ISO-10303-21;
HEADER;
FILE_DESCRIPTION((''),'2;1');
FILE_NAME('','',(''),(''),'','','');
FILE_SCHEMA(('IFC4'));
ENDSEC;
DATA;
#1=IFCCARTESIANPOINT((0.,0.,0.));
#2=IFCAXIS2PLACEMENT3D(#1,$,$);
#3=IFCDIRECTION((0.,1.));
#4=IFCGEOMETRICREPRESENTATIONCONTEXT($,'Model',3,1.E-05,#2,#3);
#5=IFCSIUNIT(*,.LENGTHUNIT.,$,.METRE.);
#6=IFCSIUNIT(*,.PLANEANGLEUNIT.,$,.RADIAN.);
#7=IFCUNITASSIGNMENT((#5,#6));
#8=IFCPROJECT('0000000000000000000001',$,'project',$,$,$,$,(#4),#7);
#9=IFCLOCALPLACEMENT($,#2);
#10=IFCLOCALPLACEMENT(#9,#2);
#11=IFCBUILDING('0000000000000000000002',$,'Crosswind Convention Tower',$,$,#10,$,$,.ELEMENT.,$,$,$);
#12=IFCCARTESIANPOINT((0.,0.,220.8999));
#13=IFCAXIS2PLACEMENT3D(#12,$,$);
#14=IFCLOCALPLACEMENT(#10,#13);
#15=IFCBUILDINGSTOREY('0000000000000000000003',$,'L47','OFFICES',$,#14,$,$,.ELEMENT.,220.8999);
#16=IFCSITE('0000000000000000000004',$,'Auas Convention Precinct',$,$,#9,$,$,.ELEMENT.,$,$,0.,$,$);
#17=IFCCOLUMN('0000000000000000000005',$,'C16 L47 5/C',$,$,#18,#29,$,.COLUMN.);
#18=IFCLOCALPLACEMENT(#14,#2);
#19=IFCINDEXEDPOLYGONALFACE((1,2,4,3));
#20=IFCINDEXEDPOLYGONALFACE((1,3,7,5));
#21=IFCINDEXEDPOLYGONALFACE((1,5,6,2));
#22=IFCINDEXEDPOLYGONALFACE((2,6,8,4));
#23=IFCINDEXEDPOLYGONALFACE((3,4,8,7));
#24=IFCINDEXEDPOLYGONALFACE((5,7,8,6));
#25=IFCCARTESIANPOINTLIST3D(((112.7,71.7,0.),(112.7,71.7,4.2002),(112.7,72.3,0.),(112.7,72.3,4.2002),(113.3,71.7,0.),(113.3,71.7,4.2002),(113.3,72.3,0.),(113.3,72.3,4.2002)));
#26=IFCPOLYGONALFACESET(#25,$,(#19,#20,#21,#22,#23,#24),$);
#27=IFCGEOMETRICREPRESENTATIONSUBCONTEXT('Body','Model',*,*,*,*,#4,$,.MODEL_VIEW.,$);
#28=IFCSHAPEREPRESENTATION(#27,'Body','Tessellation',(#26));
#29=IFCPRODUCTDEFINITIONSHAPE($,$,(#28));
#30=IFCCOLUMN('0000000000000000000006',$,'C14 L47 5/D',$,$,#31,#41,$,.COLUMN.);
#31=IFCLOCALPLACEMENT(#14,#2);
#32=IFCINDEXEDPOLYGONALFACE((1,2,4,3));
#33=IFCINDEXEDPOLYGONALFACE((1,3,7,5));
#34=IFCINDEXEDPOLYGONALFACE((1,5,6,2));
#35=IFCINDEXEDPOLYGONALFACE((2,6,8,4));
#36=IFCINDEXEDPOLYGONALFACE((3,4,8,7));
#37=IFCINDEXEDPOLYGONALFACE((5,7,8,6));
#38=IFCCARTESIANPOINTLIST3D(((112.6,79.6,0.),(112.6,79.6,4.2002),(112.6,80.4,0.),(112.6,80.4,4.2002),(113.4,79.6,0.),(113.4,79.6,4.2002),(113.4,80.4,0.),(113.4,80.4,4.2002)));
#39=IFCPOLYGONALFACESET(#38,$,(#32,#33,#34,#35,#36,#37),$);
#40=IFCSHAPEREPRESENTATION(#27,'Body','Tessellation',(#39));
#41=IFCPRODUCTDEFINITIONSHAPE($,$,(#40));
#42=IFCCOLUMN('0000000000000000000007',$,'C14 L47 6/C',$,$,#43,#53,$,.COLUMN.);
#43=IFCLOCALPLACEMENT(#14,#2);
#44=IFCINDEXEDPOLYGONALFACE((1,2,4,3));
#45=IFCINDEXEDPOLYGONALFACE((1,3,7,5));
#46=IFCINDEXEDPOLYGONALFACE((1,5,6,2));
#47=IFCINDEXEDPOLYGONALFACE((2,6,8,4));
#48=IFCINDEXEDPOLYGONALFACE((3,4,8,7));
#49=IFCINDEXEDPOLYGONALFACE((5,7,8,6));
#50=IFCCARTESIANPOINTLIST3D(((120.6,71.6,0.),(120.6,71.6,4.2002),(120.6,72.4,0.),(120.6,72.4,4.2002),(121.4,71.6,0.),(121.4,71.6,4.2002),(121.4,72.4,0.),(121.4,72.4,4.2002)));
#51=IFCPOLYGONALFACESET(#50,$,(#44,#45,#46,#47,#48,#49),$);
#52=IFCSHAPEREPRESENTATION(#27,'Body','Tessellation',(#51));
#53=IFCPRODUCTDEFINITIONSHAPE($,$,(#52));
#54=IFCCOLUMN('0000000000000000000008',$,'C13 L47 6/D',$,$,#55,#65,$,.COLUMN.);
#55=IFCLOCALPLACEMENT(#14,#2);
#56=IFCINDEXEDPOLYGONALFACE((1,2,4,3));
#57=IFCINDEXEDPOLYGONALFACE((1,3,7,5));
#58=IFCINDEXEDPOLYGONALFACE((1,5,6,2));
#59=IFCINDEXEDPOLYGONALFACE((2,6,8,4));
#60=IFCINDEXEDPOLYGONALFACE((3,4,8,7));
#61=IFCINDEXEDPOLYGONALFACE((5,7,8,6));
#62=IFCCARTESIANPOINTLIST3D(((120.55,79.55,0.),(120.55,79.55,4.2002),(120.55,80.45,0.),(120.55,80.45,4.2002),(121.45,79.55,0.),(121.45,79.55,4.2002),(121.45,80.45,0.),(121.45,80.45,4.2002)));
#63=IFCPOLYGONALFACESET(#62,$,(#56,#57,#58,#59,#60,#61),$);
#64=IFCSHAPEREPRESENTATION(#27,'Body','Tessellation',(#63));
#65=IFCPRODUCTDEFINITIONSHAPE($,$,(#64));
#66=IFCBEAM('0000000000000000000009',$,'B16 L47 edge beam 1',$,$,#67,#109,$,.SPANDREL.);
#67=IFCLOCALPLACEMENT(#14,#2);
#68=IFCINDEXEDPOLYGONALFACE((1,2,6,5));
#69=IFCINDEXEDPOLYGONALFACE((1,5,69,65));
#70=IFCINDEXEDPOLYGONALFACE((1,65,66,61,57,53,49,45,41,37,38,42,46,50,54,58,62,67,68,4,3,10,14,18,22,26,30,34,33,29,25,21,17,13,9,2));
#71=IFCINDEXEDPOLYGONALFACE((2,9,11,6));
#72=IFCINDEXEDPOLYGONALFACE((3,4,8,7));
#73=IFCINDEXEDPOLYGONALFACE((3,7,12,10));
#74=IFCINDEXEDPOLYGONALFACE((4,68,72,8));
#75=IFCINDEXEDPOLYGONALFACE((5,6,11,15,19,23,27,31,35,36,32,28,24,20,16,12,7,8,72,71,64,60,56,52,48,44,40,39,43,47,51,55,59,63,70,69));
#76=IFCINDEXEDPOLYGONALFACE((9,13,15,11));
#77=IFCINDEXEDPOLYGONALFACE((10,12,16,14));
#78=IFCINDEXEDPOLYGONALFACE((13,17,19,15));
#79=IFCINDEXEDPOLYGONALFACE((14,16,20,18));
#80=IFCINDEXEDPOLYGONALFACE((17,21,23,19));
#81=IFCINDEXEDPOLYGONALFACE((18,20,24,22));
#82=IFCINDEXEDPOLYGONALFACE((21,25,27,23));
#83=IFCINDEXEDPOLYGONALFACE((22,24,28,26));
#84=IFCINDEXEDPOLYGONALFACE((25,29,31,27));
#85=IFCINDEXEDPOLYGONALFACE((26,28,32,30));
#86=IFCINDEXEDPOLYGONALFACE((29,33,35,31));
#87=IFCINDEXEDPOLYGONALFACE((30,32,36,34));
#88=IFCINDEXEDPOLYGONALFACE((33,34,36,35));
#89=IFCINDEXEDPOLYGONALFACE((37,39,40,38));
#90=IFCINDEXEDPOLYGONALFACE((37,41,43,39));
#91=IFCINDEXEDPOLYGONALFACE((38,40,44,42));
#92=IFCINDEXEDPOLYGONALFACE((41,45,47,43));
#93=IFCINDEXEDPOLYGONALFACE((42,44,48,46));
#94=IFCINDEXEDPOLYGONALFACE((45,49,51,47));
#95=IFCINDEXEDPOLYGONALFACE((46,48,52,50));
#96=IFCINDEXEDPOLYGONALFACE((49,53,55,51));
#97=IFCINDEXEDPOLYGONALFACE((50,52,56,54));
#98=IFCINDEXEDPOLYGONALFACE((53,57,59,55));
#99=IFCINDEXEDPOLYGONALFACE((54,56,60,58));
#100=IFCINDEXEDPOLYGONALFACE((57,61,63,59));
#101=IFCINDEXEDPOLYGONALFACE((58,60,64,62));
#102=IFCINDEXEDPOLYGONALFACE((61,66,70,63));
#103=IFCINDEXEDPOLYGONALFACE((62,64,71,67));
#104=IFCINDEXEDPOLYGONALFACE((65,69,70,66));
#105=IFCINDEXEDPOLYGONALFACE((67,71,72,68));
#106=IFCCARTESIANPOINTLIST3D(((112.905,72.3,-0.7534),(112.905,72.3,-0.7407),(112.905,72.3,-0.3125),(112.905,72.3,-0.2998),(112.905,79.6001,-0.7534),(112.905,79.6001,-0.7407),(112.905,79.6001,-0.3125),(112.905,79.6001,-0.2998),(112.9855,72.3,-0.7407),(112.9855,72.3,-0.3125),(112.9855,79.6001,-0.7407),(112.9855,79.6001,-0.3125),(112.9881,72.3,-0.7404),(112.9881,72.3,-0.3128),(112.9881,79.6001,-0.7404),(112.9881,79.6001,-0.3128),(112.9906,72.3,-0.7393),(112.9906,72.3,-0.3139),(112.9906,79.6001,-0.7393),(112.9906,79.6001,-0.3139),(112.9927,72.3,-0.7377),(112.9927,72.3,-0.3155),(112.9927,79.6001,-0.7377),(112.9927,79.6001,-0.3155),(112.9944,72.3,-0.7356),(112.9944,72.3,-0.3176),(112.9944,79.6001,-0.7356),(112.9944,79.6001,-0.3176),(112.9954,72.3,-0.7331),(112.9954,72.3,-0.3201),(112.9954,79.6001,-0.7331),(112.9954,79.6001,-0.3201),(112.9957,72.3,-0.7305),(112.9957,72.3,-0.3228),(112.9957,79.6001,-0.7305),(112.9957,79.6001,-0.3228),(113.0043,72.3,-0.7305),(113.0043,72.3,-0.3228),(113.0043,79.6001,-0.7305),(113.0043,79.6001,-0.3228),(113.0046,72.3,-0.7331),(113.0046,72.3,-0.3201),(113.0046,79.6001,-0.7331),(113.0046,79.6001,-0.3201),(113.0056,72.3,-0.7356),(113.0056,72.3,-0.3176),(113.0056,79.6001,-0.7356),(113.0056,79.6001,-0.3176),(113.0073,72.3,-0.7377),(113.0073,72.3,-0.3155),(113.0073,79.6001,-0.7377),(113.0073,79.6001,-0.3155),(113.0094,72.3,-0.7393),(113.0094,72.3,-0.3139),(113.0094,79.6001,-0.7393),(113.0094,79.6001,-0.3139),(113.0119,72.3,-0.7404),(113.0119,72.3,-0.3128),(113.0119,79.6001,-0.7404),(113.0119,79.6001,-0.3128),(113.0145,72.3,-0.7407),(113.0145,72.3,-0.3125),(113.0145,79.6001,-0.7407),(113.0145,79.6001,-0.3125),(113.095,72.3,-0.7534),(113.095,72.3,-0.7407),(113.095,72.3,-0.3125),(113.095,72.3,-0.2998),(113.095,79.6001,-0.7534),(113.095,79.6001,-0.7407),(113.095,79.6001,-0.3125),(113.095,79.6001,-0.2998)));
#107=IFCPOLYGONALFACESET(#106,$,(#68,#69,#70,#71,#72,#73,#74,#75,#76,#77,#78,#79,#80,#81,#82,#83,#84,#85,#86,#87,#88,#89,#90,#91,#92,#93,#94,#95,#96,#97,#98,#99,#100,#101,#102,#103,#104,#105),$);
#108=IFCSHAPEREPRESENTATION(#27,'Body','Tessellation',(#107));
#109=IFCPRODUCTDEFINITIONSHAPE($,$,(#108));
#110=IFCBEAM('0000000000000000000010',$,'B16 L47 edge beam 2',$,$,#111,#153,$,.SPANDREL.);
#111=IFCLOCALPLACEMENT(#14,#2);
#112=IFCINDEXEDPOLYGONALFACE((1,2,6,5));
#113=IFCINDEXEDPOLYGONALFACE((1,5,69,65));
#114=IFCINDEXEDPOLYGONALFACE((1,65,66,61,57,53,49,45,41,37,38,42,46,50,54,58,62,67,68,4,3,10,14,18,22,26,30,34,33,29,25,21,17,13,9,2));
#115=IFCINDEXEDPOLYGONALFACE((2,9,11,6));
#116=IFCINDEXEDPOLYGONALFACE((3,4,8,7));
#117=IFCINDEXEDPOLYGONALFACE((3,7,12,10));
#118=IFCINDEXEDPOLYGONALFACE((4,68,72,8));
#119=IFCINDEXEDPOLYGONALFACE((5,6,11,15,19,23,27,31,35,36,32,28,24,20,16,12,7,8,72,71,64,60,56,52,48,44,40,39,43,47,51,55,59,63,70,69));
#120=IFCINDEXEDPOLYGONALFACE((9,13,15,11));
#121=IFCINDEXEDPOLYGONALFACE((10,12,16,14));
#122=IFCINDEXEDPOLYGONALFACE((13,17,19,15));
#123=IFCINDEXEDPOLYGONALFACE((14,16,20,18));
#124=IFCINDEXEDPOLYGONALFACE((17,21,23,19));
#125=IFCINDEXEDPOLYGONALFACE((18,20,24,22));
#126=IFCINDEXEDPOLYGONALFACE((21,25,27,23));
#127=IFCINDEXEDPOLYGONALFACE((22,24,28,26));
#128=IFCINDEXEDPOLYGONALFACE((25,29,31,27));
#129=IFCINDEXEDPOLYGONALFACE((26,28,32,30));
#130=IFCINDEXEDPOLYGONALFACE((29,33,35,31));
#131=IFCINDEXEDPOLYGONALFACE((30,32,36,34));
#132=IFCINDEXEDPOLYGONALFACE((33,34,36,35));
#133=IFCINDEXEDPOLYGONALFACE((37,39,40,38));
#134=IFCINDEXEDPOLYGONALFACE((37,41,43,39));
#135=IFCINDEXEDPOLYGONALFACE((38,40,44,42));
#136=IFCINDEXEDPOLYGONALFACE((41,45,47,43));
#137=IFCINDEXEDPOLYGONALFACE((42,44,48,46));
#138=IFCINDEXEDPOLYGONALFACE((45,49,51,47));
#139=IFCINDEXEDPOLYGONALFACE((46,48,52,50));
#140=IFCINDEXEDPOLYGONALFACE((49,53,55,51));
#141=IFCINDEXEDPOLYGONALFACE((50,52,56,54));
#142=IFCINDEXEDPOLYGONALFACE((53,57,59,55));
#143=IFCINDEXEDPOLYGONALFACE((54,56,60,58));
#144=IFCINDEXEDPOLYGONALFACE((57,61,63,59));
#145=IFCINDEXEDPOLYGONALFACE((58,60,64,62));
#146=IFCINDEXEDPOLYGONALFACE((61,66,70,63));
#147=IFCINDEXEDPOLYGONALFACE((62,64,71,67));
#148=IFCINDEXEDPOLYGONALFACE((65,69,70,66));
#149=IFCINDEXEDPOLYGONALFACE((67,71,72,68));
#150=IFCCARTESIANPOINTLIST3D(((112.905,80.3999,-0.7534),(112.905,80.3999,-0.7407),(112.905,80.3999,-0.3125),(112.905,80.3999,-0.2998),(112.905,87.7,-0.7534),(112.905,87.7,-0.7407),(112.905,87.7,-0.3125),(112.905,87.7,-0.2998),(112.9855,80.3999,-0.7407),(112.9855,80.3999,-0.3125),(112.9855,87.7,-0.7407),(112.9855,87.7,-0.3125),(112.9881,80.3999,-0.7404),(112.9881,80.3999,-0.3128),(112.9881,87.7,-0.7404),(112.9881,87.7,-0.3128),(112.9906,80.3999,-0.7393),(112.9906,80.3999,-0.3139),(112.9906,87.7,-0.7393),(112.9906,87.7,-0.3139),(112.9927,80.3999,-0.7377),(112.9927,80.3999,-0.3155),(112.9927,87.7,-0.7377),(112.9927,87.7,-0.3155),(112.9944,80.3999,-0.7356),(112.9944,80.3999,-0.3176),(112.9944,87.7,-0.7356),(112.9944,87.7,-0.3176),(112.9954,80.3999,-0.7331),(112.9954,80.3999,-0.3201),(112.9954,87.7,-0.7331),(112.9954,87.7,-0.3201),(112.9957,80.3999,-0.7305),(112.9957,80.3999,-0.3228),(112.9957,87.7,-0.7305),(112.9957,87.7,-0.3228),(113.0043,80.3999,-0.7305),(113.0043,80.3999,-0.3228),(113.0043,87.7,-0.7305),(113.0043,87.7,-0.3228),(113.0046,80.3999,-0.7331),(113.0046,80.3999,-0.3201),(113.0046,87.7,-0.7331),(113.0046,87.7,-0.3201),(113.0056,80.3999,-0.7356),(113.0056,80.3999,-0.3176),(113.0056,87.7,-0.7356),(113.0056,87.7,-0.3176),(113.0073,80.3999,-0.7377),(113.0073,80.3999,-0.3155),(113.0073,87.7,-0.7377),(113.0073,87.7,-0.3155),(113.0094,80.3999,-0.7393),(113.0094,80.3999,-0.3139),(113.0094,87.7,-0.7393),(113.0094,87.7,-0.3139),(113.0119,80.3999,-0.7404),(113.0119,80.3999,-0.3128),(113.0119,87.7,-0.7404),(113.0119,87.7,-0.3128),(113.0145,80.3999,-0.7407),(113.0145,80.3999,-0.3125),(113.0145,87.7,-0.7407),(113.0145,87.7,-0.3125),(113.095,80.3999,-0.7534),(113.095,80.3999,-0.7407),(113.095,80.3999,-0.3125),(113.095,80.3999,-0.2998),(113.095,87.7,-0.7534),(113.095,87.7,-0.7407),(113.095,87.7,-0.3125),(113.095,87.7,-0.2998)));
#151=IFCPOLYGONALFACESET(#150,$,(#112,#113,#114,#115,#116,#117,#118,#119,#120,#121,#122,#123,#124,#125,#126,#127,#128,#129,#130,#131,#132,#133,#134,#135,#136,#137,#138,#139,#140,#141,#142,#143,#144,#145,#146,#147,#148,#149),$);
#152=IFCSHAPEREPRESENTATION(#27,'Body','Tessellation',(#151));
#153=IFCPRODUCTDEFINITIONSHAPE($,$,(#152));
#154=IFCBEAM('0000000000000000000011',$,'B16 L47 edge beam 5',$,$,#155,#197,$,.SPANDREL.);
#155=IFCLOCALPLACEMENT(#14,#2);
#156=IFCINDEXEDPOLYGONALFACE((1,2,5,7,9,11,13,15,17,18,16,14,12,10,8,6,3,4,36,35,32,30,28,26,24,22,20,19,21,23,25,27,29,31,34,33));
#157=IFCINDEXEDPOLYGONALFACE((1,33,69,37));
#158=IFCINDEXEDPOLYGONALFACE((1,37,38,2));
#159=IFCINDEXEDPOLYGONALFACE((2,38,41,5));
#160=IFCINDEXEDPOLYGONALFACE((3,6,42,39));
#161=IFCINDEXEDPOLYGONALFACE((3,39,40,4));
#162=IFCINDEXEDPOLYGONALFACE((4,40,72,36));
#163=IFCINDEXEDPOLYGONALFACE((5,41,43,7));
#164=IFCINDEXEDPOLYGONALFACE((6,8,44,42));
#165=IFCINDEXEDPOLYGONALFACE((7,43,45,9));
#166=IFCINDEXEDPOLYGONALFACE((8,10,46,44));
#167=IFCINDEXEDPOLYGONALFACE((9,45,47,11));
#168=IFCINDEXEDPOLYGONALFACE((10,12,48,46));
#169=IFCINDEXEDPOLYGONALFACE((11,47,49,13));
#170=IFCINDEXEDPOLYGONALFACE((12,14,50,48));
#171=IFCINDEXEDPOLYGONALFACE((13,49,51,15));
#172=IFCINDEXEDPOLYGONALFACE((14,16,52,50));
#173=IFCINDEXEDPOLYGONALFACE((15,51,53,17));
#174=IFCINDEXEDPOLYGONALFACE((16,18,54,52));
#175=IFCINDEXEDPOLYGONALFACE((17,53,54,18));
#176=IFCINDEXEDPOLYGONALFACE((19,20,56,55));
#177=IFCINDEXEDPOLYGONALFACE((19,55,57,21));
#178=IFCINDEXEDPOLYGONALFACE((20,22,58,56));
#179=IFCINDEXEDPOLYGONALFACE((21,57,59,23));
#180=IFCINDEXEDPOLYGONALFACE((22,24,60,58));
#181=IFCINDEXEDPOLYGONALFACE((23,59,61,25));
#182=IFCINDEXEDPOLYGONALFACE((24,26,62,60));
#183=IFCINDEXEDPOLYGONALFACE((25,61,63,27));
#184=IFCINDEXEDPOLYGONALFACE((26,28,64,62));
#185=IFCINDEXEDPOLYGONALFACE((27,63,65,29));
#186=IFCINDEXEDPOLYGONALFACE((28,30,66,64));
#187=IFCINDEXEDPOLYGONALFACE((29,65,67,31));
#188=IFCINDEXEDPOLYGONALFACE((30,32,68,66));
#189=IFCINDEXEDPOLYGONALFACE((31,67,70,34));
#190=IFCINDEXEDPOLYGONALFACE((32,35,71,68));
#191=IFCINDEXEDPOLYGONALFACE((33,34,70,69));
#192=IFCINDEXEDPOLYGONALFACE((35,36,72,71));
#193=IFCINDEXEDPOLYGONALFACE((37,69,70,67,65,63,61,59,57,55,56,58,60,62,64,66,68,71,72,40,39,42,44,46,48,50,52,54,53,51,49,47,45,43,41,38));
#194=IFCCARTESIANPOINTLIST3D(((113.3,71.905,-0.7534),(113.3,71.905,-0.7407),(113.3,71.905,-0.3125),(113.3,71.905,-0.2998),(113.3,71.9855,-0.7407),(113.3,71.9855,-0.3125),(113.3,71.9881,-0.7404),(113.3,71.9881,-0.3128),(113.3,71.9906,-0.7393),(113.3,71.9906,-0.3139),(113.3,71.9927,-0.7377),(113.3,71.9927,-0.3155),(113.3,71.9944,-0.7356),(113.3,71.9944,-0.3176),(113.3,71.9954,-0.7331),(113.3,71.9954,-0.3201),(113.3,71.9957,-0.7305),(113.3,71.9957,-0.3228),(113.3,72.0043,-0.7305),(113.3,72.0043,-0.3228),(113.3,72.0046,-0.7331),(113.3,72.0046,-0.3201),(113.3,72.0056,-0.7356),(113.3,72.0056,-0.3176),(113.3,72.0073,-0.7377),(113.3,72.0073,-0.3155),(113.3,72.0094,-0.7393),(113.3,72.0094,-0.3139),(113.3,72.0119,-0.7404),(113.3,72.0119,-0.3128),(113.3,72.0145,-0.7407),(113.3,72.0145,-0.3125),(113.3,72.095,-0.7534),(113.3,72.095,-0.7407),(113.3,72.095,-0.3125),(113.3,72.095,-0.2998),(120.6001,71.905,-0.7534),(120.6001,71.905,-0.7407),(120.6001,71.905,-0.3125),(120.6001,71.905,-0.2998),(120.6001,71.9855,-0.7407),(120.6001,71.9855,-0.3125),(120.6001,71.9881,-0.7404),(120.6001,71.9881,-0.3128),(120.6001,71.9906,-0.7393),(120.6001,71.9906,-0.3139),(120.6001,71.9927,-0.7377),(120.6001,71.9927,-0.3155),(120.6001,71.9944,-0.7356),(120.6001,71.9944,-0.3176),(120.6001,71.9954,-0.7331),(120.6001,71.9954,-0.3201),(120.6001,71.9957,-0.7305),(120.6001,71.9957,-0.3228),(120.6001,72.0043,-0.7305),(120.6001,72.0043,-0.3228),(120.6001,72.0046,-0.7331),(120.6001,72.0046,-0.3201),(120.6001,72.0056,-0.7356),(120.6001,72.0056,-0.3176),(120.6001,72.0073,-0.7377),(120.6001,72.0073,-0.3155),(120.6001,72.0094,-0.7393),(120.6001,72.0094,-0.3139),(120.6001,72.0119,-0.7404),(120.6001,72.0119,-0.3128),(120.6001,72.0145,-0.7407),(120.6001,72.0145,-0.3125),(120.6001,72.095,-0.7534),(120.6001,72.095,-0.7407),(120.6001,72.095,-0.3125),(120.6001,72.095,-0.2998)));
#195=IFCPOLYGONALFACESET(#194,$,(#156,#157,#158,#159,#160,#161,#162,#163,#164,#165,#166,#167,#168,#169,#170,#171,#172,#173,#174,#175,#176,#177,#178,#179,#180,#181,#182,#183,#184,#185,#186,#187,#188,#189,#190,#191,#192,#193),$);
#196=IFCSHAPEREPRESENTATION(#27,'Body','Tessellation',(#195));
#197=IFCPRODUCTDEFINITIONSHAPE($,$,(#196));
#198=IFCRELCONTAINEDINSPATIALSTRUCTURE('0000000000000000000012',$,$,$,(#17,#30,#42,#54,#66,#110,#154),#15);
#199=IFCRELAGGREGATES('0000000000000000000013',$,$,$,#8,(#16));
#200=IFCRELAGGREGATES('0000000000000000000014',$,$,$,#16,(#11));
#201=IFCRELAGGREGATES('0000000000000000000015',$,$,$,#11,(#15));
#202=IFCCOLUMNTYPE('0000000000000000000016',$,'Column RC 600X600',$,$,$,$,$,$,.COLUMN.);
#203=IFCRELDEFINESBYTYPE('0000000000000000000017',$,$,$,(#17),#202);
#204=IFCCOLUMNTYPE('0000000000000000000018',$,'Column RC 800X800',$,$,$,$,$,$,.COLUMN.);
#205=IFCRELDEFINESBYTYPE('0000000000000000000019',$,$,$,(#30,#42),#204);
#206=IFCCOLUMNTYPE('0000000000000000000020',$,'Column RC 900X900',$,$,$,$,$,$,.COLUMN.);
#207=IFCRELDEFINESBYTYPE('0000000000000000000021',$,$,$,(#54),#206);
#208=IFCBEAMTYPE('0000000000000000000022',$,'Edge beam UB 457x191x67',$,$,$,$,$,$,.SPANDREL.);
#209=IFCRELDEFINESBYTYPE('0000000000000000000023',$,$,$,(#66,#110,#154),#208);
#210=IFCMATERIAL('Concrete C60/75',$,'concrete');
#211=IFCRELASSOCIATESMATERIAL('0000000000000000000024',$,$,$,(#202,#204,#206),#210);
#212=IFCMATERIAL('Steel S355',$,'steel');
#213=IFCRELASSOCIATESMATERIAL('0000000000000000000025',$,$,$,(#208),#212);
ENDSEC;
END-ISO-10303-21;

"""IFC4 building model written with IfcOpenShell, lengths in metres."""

from ifc_helpers import new_model, si_unit, direction, frame, origin, origin_2d, place, context, subcontext, project, spatial, rectangle, i_section, extrude, material, material_profile, profile_set, type_object, element, save


model = new_model("IFC4")

# Units and contexts
model_context = context("Model", 3, precision=1e-05, world=origin(), true_north=direction((0.0, 1.0)))
body_context = subcontext(model_context, "Body", "Model", "MODEL_VIEW")
ifc_project = project(units=[si_unit("LENGTHUNIT", "METRE"), si_unit("PLANEANGLEUNIT", "RADIAN")], contexts=[model_context])

# Site, building, storey
site_placement = place(None, origin())
site = spatial("IfcSite", under=ifc_project, at=site_placement, Name="Auas Convention Precinct", CompositionType="ELEMENT", RefElevation=0.0)
building_placement = place(site_placement, origin())
building = spatial("IfcBuilding", under=site, at=building_placement, Name="Crosswind Convention Tower", CompositionType="ELEMENT")
storey_placement = place(building_placement, frame((0.0, 0.0, 220.8999)))
storey = spatial("IfcBuildingStorey", under=building, at=storey_placement, Name="L47", Description="OFFICES", CompositionType="ELEMENT", Elevation=220.8999)

# Columns
ifc_material_1 = material(Name="Concrete C60/75", Category="concrete")
ifc_material_profile_1 = material_profile(ifc_material_1, rectangle(XDim=0.6001, YDim=0.6001, at=origin_2d()), Name="RC 600X600")
ifc_profile_set_1 = profile_set([ifc_material_profile_1], Name="Concrete C60/75")
column_type_1 = type_object("IfcColumnType", Name="Column RC 600X600", PredefinedType="COLUMN", material=ifc_profile_set_1)
column_1_placement = place(storey_placement, frame((113.0, 72.0, 0.0), z_axis=(0.0, 0.0, 1.0), x_axis=(1.0, 0.0, 0.0)))
element("IfcColumn", 1, at=column_1_placement, inside=storey, type_object=column_type_1, Name="C16 L47 5/C", PredefinedType="COLUMN", context=body_context, shape_type="SweptSolid", body=[
    extrude(rectangle(XDim=0.6001, YDim=0.6001, at=origin_2d()), origin(), (0.0, 0.0, 1.0), 4.2002),
])
ifc_material_profile_2 = material_profile(ifc_material_1, rectangle(XDim=0.8, YDim=0.8, at=origin_2d()), Name="RC 800X800")
ifc_profile_set_2 = profile_set([ifc_material_profile_2], Name="Concrete C60/75")
column_type_2 = type_object("IfcColumnType", Name="Column RC 800X800", PredefinedType="COLUMN", material=ifc_profile_set_2)
for number, where, z_axis, x_axis, name in (
    (2, (113.0, 80.0, 0.0), (0.0, 0.0, 1.0), (1.0, 0.0, 0.0), "C14 L47 5/D"),
    (3, (121.0, 72.0, 0.0), (0.0, 0.0, 1.0), (1.0, 0.0, 0.0), "C14 L47 6/C"),
):
    element("IfcColumn", number, at=place(storey_placement, frame(where, z_axis=z_axis, x_axis=x_axis)), inside=storey, type_object=column_type_2, Name=name, PredefinedType="COLUMN", context=body_context, shape_type="SweptSolid", body=[
        extrude(rectangle(XDim=0.8, YDim=0.8, at=origin_2d()), origin(), (0.0, 0.0, 1.0), 4.2002),
    ])
ifc_material_profile_3 = material_profile(ifc_material_1, rectangle(XDim=0.8999, YDim=0.8999, at=origin_2d()), Name="RC 900X900")
ifc_profile_set_3 = profile_set([ifc_material_profile_3], Name="Concrete C60/75")
column_type_3 = type_object("IfcColumnType", Name="Column RC 900X900", PredefinedType="COLUMN", material=ifc_profile_set_3)
column_2_placement = place(storey_placement, frame((121.0, 80.0, 0.0), z_axis=(0.0, 0.0, 1.0), x_axis=(1.0, 0.0, 0.0)))
element("IfcColumn", 4, at=column_2_placement, inside=storey, type_object=column_type_3, Name="C13 L47 6/D", PredefinedType="COLUMN", context=body_context, shape_type="SweptSolid", body=[
    extrude(rectangle(XDim=0.8999, YDim=0.8999, at=origin_2d()), origin(), (0.0, 0.0, 1.0), 4.2002),
])

# Beams
ifc_material_2 = material(Name="Steel S355", Category="steel")
ifc_material_profile_4 = material_profile(ifc_material_2, i_section(OverallWidth=0.1899, OverallDepth=0.4536, WebThickness=0.0085, FlangeThickness=0.0127, FilletRadius=0.0103, at=origin_2d()), Name="UB 457x191x67")
ifc_profile_set_4 = profile_set([ifc_material_profile_4], Name="Steel S355")
beam_type_1 = type_object("IfcBeamType", Name="Edge beam UB 457x191x67", PredefinedType="SPANDREL", material=ifc_profile_set_4)
for number, where, z_axis, x_axis, name in (
    (5, (113.0, 72.3, -0.5266), (0.0, 1.0, 0.0), (-1.0, 0.0, 0.0), "B16 L47 edge beam 1"),
    (6, (113.0, 80.3999, -0.5266), (0.0, 1.0, 0.0), (-1.0, 0.0, 0.0), "B16 L47 edge beam 2"),
    (7, (113.3, 72.0, -0.5266), (1.0, 0.0, 0.0), (0.0, 1.0, 0.0), "B16 L47 edge beam 5"),
):
    element("IfcBeam", number, at=place(storey_placement, frame(where, z_axis=z_axis, x_axis=x_axis)), inside=storey, type_object=beam_type_1, Name=name, PredefinedType="SPANDREL", context=body_context, shape_type="SweptSolid", body=[
        extrude(i_section(OverallWidth=0.1899, OverallDepth=0.4536, WebThickness=0.0085, FlangeThickness=0.0127, FilletRadius=0.0103, at=origin_2d()), origin(), (0.0, 0.0, 1.0), 7.3),
    ])

save(model, "model.ifc")
